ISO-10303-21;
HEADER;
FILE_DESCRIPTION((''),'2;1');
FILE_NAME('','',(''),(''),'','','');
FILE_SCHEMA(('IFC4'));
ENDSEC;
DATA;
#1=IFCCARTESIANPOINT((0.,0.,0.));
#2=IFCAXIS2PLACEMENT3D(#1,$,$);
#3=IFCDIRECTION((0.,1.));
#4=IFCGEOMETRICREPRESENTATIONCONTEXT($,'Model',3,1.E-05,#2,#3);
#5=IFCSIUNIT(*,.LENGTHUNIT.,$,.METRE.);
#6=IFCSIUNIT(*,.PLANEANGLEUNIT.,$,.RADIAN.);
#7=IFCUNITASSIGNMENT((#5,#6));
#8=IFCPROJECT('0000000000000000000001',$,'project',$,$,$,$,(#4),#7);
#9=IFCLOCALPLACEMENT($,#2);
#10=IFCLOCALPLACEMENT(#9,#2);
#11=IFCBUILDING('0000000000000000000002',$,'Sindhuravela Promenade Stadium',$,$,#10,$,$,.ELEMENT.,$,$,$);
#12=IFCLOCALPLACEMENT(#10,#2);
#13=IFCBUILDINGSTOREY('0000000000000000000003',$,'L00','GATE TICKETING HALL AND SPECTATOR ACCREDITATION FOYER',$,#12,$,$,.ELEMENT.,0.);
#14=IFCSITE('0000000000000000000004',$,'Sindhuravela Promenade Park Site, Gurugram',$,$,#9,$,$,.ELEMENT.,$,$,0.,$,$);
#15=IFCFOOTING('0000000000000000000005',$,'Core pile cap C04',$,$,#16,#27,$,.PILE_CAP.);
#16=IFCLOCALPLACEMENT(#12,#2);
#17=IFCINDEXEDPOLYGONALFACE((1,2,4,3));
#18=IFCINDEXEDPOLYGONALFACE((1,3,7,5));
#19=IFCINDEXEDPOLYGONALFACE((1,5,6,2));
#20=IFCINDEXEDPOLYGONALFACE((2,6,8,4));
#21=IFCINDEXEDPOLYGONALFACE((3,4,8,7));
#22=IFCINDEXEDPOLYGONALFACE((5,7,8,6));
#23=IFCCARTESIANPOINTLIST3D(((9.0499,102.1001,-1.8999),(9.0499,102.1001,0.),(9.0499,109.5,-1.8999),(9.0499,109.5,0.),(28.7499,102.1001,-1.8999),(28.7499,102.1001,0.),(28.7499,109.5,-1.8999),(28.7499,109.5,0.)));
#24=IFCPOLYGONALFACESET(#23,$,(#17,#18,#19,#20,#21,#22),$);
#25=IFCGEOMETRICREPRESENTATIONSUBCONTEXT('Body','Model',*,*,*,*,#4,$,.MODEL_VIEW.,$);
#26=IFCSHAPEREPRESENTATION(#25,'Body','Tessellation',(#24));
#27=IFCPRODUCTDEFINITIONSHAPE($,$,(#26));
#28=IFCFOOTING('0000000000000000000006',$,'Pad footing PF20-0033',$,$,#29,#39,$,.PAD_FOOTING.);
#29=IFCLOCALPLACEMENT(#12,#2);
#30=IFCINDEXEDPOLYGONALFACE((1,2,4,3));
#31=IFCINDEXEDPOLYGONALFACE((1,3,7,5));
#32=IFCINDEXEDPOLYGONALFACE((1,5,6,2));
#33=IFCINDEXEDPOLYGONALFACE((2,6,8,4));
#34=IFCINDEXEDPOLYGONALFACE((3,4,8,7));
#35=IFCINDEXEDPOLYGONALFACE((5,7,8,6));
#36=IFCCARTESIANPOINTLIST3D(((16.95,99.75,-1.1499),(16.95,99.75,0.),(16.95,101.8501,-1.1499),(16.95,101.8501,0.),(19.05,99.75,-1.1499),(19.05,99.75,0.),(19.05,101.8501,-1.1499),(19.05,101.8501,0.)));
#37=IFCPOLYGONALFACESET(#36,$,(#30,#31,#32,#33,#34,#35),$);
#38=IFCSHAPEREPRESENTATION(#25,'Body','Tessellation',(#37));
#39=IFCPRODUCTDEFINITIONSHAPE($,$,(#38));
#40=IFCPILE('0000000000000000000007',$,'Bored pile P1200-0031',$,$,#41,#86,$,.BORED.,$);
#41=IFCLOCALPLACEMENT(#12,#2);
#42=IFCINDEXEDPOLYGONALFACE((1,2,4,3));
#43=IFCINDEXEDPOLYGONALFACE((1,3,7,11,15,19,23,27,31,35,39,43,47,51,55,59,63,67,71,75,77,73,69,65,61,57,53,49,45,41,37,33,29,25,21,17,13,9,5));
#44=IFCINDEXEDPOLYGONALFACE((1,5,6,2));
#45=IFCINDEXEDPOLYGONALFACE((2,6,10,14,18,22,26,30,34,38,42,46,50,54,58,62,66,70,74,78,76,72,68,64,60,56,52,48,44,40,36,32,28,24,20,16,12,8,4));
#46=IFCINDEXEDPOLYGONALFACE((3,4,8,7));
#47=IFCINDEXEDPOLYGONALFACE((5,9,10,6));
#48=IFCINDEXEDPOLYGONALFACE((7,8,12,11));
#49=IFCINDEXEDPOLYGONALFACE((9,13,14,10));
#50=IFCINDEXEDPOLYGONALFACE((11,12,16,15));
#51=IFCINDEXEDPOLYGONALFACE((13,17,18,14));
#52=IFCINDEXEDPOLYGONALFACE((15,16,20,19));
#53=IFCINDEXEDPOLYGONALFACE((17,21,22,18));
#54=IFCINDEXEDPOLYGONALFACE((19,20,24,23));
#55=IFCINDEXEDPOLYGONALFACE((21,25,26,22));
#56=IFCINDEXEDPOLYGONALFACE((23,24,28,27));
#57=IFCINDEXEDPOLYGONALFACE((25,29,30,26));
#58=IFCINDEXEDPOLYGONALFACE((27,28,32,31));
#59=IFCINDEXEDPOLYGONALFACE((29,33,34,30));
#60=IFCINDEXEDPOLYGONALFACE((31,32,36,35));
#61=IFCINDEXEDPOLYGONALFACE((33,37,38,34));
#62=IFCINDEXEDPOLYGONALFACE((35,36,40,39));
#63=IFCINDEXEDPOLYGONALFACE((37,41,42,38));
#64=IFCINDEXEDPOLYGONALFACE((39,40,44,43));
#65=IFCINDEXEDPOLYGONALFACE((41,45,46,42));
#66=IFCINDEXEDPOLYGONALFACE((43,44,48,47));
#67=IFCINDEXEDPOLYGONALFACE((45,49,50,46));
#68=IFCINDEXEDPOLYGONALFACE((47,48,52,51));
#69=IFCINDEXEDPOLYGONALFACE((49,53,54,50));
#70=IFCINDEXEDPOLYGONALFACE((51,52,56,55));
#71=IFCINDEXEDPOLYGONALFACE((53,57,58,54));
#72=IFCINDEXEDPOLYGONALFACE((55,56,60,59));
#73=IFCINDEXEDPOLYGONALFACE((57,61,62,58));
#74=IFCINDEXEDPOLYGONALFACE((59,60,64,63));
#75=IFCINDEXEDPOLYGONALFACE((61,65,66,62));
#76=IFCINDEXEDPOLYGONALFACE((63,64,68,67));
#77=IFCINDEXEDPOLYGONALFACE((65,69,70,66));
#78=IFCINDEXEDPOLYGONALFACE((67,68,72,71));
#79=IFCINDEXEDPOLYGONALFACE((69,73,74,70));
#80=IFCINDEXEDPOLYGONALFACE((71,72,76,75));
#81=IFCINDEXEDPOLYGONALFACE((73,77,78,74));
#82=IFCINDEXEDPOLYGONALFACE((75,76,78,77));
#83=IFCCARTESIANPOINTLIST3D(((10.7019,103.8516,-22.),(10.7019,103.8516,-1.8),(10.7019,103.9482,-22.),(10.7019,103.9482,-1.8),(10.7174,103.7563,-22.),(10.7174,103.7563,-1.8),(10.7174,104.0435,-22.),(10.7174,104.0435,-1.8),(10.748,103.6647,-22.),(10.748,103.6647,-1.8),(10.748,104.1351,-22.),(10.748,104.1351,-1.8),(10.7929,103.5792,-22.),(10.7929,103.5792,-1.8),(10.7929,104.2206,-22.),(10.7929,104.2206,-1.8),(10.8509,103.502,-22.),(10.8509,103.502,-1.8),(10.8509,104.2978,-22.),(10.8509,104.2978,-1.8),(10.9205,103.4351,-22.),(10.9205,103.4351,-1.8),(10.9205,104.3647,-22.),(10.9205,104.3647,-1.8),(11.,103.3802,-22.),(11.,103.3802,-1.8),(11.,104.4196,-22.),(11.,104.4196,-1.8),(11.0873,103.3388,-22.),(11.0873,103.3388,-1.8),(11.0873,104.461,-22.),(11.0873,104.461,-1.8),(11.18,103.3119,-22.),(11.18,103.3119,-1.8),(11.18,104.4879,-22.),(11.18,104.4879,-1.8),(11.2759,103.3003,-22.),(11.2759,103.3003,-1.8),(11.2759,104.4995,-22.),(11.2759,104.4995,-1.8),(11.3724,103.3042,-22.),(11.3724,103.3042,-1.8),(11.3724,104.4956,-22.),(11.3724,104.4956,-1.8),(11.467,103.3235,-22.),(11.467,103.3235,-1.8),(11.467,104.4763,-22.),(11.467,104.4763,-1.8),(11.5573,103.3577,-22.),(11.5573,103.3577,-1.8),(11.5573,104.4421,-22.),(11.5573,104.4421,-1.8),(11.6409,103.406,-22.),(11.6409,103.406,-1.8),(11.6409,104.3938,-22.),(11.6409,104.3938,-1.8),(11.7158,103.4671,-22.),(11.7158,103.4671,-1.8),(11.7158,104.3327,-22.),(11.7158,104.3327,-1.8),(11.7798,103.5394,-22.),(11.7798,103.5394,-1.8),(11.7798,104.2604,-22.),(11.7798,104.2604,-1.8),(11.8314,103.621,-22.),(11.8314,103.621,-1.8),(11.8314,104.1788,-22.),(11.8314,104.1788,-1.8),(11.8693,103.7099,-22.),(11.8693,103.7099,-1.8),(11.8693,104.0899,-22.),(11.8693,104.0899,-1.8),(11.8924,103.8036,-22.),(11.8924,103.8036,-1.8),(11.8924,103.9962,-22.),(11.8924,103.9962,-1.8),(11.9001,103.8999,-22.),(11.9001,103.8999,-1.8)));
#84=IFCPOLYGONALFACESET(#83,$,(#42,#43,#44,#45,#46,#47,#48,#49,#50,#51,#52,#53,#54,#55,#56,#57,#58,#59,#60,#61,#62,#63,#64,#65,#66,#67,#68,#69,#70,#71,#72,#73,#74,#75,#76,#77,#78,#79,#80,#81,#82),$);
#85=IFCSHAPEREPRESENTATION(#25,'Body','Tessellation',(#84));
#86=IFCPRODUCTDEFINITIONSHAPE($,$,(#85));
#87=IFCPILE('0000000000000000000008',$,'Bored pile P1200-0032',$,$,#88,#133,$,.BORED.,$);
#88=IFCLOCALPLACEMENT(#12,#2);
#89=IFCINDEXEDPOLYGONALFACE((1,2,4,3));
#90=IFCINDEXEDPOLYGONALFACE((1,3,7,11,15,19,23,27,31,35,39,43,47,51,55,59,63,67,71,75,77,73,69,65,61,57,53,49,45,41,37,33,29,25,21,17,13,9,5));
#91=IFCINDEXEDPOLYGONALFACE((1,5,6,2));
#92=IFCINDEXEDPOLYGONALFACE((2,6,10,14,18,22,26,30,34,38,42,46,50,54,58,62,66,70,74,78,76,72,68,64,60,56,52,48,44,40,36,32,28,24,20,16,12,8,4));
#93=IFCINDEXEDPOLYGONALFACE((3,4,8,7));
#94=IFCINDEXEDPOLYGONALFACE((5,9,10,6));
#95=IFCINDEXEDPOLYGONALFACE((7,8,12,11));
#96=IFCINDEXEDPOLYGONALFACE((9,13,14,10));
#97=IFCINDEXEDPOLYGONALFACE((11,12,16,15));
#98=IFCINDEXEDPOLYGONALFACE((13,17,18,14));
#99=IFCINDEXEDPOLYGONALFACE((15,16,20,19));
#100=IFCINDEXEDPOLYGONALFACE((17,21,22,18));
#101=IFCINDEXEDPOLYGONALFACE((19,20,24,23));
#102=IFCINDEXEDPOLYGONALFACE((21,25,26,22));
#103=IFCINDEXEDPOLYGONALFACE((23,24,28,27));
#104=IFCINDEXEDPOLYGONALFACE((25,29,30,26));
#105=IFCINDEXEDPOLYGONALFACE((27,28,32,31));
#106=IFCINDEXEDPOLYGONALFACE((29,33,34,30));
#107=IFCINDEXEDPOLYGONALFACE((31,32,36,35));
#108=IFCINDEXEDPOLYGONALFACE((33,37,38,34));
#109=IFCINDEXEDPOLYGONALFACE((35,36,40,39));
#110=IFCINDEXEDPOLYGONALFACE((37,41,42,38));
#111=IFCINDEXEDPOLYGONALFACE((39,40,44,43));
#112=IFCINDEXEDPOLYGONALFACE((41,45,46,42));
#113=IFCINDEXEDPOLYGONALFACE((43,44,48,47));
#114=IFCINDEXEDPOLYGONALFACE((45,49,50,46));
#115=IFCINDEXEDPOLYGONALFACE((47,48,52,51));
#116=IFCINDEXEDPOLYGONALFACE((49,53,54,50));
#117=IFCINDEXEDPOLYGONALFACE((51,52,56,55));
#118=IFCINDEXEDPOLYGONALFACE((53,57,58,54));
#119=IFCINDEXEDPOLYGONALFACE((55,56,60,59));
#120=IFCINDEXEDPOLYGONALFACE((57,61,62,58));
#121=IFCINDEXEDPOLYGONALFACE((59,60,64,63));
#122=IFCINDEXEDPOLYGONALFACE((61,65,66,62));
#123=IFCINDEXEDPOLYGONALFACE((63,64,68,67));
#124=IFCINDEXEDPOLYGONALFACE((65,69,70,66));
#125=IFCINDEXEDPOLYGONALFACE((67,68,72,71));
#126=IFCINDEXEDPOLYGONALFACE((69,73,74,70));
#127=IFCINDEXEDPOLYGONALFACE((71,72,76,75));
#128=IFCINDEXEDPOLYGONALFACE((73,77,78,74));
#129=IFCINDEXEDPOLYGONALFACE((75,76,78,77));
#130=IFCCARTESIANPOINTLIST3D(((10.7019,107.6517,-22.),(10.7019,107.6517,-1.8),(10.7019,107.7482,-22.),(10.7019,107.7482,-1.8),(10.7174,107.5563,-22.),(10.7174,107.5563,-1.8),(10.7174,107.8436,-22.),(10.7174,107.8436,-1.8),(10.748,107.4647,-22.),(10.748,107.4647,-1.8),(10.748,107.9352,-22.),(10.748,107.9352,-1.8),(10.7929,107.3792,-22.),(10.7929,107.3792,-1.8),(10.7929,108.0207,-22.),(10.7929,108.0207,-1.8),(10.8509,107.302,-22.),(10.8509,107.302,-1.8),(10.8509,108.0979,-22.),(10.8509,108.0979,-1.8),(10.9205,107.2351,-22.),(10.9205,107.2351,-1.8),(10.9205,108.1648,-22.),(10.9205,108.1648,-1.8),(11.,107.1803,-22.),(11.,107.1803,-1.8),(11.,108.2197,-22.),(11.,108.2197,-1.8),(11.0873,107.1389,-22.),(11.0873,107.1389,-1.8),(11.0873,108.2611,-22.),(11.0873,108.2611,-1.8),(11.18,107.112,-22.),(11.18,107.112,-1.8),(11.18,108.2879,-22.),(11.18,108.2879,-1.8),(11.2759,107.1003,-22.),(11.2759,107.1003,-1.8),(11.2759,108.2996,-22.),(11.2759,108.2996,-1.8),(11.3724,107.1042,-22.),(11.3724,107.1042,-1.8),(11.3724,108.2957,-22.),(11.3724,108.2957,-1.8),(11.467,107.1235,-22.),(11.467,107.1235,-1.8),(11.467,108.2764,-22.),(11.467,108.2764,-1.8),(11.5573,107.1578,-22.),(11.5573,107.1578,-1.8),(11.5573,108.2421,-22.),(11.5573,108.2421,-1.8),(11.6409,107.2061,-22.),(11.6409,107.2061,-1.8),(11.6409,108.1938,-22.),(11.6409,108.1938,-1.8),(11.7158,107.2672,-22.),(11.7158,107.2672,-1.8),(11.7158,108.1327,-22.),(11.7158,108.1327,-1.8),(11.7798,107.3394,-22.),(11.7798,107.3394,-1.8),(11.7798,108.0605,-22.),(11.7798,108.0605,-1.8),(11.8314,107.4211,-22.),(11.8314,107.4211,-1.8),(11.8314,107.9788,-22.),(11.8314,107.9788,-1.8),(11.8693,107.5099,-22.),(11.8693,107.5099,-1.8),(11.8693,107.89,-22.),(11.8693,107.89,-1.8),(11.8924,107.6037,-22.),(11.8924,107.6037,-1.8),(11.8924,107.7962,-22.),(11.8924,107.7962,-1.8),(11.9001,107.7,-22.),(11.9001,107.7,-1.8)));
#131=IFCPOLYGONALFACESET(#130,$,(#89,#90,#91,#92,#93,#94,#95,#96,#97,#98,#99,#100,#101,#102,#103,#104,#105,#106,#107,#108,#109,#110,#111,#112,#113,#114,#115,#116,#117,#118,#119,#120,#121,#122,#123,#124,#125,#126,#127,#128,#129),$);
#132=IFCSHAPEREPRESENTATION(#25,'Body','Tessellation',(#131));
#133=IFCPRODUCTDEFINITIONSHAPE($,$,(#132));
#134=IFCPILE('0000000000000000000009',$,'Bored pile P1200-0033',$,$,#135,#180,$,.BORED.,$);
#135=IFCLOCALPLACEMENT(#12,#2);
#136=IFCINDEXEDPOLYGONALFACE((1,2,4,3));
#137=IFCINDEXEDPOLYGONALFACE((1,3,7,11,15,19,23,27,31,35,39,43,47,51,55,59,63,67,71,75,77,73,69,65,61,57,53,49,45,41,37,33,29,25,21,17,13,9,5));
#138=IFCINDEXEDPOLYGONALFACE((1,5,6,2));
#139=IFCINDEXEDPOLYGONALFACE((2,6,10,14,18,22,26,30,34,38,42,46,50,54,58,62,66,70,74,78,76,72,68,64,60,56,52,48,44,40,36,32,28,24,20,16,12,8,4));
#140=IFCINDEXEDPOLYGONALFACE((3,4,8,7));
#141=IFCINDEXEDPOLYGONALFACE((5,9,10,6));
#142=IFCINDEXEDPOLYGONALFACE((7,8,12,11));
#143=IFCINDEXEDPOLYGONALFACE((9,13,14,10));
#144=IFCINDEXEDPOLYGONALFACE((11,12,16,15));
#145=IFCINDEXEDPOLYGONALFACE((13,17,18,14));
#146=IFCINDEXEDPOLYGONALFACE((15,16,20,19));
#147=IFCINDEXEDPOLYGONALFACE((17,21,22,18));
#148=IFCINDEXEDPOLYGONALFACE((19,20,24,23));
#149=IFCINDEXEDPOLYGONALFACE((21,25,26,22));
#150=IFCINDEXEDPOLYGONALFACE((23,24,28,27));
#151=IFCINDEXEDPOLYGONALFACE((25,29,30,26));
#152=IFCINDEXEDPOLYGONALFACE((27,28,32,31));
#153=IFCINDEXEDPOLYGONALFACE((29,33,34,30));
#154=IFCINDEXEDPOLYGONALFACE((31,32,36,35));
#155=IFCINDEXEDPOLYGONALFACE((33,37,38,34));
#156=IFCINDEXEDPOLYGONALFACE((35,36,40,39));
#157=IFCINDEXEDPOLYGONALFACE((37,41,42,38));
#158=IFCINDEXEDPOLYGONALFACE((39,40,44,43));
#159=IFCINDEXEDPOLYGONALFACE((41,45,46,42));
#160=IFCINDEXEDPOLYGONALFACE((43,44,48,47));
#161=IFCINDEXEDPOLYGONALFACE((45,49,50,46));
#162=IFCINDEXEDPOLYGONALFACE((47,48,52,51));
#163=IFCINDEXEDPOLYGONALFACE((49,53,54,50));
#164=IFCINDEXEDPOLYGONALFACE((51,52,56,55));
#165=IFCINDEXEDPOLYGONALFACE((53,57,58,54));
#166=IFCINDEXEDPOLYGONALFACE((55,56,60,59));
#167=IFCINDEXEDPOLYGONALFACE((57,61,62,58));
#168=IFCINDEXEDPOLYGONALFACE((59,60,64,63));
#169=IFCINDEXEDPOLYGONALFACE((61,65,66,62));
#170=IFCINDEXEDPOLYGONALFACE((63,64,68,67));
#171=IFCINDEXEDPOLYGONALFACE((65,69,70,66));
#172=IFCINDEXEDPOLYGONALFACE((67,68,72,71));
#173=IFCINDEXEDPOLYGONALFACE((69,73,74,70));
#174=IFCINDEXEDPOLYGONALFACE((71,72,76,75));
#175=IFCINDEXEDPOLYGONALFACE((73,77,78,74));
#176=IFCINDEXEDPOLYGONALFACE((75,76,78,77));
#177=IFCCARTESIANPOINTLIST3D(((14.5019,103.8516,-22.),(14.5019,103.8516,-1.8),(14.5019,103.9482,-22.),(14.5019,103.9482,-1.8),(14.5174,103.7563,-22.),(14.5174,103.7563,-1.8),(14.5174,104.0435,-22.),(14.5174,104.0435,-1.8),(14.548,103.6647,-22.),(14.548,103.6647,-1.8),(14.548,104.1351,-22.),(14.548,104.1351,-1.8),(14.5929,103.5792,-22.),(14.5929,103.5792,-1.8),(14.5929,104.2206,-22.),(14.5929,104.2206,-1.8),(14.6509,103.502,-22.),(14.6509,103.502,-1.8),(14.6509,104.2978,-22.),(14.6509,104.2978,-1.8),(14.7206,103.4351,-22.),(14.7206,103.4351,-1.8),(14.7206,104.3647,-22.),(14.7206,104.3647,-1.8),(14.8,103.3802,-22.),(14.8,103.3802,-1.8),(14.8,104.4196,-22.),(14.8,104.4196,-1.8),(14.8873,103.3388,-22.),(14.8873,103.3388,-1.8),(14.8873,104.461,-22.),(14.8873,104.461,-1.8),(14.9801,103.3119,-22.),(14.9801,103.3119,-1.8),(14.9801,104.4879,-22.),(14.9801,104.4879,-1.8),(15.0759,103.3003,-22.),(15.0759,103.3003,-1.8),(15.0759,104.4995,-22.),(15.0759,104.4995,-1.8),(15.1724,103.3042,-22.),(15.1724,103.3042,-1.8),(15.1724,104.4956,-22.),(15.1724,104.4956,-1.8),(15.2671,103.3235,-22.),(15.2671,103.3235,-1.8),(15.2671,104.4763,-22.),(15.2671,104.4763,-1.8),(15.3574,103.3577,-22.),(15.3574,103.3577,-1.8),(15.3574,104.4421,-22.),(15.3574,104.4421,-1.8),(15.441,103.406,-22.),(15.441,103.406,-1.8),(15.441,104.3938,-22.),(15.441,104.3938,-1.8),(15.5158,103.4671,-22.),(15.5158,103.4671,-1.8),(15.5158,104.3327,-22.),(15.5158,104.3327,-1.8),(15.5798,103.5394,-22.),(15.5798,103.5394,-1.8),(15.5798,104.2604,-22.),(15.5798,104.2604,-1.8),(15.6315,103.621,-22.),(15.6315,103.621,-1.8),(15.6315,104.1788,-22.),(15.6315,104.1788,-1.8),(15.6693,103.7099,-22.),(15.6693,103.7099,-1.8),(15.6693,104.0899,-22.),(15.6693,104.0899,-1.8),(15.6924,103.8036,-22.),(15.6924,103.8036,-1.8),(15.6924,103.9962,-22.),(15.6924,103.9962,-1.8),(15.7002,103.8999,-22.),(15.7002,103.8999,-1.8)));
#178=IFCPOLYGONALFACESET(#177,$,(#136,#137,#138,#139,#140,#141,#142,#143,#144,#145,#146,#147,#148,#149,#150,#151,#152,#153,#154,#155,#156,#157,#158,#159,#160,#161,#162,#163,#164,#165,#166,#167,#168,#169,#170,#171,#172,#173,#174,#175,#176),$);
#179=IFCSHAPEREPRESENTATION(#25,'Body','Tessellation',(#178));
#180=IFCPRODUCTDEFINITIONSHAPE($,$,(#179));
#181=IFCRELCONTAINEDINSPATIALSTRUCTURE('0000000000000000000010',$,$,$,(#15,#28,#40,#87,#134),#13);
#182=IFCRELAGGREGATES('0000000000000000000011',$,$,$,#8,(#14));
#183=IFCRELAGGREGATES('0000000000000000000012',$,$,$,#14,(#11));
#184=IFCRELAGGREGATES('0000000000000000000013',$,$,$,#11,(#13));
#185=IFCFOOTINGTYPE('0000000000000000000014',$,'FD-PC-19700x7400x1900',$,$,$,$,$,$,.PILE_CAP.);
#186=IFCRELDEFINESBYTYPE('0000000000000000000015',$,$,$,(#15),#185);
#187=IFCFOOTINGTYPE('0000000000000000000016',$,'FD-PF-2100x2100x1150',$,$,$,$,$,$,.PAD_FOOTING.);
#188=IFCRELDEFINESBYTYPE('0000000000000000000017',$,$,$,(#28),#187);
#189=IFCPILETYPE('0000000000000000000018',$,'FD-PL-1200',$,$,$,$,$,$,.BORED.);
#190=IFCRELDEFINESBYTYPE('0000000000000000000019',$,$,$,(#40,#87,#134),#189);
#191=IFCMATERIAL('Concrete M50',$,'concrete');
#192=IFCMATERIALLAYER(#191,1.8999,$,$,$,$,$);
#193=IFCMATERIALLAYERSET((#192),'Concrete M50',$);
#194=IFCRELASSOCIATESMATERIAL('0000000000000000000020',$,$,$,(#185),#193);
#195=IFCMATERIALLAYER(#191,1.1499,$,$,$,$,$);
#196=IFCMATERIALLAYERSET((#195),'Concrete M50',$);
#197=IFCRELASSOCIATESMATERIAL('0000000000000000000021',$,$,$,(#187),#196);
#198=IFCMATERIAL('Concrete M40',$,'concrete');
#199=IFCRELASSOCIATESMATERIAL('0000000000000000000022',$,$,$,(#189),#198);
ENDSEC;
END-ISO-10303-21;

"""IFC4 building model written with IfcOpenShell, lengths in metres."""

from ifc_helpers import new_model, si_unit, direction, frame, origin, origin_2d, place, context, subcontext, project, spatial, rectangle, circle, extrude, material, layer, layer_set, material_profile, profile_set, type_object, element, save


model = new_model("IFC4")

# Units and contexts
model_context = context("Model", 3, precision=1e-05, world=origin(), true_north=direction((0.0, 1.0)))
body_context = subcontext(model_context, "Body", "Model", "MODEL_VIEW")
ifc_project = project(units=[si_unit("LENGTHUNIT", "METRE"), si_unit("PLANEANGLEUNIT", "RADIAN")], contexts=[model_context])

# Site, building, storey
site_placement = place(None, origin())
site = spatial("IfcSite", under=ifc_project, at=site_placement, Name="Sindhuravela Promenade Park Site, Gurugram", CompositionType="ELEMENT", RefElevation=0.0)
building_placement = place(site_placement, origin())
building = spatial("IfcBuilding", under=site, at=building_placement, Name="Sindhuravela Promenade Stadium", CompositionType="ELEMENT")
storey_placement = place(building_placement, origin())
storey = spatial("IfcBuildingStorey", under=building, at=storey_placement, Name="L00", Description="GATE TICKETING HALL AND SPECTATOR ACCREDITATION FOYER", CompositionType="ELEMENT", Elevation=0.0)

# Footings
ifc_material_1 = material(Name="Concrete M50", Category="concrete")
ifc_layer_1 = layer(ifc_material_1, 1.8999)
ifc_layer_set_1 = layer_set([ifc_layer_1], Name="Concrete M50")
footing_type_1 = type_object("IfcFootingType", Name="FD-PC-19700x7400x1900", PredefinedType="PILE_CAP", material=ifc_layer_set_1)
footing_1_placement = place(storey_placement, frame((18.8999, 105.8, -1.8999), z_axis=(0.0, 0.0, 1.0), x_axis=(1.0, 0.0, 0.0)))
element("IfcFooting", 1, at=footing_1_placement, inside=storey, type_object=footing_type_1, Name="Core pile cap C04", PredefinedType="PILE_CAP", context=body_context, shape_type="SweptSolid", body=[
    extrude(rectangle(XDim=19.7, YDim=7.3999, at=origin_2d()), origin(), (0.0, 0.0, 1.0), 1.8999),
])
ifc_layer_2 = layer(ifc_material_1, 1.1499)
ifc_layer_set_2 = layer_set([ifc_layer_2], Name="Concrete M50")
footing_type_2 = type_object("IfcFootingType", Name="FD-PF-2100x2100x1150", PredefinedType="PAD_FOOTING", material=ifc_layer_set_2)
footing_2_placement = place(storey_placement, frame((18.0, 100.8, -1.1499), z_axis=(0.0, 0.0, 1.0), x_axis=(1.0, 0.0, 0.0)))
element("IfcFooting", 2, at=footing_2_placement, inside=storey, type_object=footing_type_2, Name="Pad footing PF20-0033", PredefinedType="PAD_FOOTING", context=body_context, shape_type="SweptSolid", body=[
    extrude(rectangle(XDim=2.1001, YDim=2.1001, at=origin_2d()), origin(), (0.0, 0.0, 1.0), 1.1499),
])

# Piles
ifc_material_2 = material(Name="Concrete M40", Category="concrete")
ifc_material_profile_1 = material_profile(ifc_material_2, circle(Radius=0.6001, at=origin_2d()), Name="BORED PILE D1200")
ifc_profile_set_1 = profile_set([ifc_material_profile_1], Name="Concrete M40")
pile_type = type_object("IfcPileType", Name="FD-PL-1200", PredefinedType="BORED", material=ifc_profile_set_1)
for number, where, z_axis, x_axis, name in (
    (3, (11.3, 103.8999, -1.8), (0.0, 0.0, -1.0), (1.0, 0.0, 0.0), "Bored pile P1200-0031"),
    (4, (11.3, 107.7, -1.8), (0.0, 0.0, -1.0), (1.0, 0.0, 0.0), "Bored pile P1200-0032"),
    (5, (15.1001, 103.8999, -1.8), (0.0, 0.0, -1.0), (1.0, 0.0, 0.0), "Bored pile P1200-0033"),
):
    element("IfcPile", number, at=place(storey_placement, frame(where, z_axis=z_axis, x_axis=x_axis)), inside=storey, type_object=pile_type, Name=name, PredefinedType="BORED", context=body_context, shape_type="SweptSolid", body=[
        extrude(circle(Radius=0.6001, at=origin_2d()), origin(), (0.0, 0.0, 1.0), 20.2),
    ])

save(model, "model.ifc")
